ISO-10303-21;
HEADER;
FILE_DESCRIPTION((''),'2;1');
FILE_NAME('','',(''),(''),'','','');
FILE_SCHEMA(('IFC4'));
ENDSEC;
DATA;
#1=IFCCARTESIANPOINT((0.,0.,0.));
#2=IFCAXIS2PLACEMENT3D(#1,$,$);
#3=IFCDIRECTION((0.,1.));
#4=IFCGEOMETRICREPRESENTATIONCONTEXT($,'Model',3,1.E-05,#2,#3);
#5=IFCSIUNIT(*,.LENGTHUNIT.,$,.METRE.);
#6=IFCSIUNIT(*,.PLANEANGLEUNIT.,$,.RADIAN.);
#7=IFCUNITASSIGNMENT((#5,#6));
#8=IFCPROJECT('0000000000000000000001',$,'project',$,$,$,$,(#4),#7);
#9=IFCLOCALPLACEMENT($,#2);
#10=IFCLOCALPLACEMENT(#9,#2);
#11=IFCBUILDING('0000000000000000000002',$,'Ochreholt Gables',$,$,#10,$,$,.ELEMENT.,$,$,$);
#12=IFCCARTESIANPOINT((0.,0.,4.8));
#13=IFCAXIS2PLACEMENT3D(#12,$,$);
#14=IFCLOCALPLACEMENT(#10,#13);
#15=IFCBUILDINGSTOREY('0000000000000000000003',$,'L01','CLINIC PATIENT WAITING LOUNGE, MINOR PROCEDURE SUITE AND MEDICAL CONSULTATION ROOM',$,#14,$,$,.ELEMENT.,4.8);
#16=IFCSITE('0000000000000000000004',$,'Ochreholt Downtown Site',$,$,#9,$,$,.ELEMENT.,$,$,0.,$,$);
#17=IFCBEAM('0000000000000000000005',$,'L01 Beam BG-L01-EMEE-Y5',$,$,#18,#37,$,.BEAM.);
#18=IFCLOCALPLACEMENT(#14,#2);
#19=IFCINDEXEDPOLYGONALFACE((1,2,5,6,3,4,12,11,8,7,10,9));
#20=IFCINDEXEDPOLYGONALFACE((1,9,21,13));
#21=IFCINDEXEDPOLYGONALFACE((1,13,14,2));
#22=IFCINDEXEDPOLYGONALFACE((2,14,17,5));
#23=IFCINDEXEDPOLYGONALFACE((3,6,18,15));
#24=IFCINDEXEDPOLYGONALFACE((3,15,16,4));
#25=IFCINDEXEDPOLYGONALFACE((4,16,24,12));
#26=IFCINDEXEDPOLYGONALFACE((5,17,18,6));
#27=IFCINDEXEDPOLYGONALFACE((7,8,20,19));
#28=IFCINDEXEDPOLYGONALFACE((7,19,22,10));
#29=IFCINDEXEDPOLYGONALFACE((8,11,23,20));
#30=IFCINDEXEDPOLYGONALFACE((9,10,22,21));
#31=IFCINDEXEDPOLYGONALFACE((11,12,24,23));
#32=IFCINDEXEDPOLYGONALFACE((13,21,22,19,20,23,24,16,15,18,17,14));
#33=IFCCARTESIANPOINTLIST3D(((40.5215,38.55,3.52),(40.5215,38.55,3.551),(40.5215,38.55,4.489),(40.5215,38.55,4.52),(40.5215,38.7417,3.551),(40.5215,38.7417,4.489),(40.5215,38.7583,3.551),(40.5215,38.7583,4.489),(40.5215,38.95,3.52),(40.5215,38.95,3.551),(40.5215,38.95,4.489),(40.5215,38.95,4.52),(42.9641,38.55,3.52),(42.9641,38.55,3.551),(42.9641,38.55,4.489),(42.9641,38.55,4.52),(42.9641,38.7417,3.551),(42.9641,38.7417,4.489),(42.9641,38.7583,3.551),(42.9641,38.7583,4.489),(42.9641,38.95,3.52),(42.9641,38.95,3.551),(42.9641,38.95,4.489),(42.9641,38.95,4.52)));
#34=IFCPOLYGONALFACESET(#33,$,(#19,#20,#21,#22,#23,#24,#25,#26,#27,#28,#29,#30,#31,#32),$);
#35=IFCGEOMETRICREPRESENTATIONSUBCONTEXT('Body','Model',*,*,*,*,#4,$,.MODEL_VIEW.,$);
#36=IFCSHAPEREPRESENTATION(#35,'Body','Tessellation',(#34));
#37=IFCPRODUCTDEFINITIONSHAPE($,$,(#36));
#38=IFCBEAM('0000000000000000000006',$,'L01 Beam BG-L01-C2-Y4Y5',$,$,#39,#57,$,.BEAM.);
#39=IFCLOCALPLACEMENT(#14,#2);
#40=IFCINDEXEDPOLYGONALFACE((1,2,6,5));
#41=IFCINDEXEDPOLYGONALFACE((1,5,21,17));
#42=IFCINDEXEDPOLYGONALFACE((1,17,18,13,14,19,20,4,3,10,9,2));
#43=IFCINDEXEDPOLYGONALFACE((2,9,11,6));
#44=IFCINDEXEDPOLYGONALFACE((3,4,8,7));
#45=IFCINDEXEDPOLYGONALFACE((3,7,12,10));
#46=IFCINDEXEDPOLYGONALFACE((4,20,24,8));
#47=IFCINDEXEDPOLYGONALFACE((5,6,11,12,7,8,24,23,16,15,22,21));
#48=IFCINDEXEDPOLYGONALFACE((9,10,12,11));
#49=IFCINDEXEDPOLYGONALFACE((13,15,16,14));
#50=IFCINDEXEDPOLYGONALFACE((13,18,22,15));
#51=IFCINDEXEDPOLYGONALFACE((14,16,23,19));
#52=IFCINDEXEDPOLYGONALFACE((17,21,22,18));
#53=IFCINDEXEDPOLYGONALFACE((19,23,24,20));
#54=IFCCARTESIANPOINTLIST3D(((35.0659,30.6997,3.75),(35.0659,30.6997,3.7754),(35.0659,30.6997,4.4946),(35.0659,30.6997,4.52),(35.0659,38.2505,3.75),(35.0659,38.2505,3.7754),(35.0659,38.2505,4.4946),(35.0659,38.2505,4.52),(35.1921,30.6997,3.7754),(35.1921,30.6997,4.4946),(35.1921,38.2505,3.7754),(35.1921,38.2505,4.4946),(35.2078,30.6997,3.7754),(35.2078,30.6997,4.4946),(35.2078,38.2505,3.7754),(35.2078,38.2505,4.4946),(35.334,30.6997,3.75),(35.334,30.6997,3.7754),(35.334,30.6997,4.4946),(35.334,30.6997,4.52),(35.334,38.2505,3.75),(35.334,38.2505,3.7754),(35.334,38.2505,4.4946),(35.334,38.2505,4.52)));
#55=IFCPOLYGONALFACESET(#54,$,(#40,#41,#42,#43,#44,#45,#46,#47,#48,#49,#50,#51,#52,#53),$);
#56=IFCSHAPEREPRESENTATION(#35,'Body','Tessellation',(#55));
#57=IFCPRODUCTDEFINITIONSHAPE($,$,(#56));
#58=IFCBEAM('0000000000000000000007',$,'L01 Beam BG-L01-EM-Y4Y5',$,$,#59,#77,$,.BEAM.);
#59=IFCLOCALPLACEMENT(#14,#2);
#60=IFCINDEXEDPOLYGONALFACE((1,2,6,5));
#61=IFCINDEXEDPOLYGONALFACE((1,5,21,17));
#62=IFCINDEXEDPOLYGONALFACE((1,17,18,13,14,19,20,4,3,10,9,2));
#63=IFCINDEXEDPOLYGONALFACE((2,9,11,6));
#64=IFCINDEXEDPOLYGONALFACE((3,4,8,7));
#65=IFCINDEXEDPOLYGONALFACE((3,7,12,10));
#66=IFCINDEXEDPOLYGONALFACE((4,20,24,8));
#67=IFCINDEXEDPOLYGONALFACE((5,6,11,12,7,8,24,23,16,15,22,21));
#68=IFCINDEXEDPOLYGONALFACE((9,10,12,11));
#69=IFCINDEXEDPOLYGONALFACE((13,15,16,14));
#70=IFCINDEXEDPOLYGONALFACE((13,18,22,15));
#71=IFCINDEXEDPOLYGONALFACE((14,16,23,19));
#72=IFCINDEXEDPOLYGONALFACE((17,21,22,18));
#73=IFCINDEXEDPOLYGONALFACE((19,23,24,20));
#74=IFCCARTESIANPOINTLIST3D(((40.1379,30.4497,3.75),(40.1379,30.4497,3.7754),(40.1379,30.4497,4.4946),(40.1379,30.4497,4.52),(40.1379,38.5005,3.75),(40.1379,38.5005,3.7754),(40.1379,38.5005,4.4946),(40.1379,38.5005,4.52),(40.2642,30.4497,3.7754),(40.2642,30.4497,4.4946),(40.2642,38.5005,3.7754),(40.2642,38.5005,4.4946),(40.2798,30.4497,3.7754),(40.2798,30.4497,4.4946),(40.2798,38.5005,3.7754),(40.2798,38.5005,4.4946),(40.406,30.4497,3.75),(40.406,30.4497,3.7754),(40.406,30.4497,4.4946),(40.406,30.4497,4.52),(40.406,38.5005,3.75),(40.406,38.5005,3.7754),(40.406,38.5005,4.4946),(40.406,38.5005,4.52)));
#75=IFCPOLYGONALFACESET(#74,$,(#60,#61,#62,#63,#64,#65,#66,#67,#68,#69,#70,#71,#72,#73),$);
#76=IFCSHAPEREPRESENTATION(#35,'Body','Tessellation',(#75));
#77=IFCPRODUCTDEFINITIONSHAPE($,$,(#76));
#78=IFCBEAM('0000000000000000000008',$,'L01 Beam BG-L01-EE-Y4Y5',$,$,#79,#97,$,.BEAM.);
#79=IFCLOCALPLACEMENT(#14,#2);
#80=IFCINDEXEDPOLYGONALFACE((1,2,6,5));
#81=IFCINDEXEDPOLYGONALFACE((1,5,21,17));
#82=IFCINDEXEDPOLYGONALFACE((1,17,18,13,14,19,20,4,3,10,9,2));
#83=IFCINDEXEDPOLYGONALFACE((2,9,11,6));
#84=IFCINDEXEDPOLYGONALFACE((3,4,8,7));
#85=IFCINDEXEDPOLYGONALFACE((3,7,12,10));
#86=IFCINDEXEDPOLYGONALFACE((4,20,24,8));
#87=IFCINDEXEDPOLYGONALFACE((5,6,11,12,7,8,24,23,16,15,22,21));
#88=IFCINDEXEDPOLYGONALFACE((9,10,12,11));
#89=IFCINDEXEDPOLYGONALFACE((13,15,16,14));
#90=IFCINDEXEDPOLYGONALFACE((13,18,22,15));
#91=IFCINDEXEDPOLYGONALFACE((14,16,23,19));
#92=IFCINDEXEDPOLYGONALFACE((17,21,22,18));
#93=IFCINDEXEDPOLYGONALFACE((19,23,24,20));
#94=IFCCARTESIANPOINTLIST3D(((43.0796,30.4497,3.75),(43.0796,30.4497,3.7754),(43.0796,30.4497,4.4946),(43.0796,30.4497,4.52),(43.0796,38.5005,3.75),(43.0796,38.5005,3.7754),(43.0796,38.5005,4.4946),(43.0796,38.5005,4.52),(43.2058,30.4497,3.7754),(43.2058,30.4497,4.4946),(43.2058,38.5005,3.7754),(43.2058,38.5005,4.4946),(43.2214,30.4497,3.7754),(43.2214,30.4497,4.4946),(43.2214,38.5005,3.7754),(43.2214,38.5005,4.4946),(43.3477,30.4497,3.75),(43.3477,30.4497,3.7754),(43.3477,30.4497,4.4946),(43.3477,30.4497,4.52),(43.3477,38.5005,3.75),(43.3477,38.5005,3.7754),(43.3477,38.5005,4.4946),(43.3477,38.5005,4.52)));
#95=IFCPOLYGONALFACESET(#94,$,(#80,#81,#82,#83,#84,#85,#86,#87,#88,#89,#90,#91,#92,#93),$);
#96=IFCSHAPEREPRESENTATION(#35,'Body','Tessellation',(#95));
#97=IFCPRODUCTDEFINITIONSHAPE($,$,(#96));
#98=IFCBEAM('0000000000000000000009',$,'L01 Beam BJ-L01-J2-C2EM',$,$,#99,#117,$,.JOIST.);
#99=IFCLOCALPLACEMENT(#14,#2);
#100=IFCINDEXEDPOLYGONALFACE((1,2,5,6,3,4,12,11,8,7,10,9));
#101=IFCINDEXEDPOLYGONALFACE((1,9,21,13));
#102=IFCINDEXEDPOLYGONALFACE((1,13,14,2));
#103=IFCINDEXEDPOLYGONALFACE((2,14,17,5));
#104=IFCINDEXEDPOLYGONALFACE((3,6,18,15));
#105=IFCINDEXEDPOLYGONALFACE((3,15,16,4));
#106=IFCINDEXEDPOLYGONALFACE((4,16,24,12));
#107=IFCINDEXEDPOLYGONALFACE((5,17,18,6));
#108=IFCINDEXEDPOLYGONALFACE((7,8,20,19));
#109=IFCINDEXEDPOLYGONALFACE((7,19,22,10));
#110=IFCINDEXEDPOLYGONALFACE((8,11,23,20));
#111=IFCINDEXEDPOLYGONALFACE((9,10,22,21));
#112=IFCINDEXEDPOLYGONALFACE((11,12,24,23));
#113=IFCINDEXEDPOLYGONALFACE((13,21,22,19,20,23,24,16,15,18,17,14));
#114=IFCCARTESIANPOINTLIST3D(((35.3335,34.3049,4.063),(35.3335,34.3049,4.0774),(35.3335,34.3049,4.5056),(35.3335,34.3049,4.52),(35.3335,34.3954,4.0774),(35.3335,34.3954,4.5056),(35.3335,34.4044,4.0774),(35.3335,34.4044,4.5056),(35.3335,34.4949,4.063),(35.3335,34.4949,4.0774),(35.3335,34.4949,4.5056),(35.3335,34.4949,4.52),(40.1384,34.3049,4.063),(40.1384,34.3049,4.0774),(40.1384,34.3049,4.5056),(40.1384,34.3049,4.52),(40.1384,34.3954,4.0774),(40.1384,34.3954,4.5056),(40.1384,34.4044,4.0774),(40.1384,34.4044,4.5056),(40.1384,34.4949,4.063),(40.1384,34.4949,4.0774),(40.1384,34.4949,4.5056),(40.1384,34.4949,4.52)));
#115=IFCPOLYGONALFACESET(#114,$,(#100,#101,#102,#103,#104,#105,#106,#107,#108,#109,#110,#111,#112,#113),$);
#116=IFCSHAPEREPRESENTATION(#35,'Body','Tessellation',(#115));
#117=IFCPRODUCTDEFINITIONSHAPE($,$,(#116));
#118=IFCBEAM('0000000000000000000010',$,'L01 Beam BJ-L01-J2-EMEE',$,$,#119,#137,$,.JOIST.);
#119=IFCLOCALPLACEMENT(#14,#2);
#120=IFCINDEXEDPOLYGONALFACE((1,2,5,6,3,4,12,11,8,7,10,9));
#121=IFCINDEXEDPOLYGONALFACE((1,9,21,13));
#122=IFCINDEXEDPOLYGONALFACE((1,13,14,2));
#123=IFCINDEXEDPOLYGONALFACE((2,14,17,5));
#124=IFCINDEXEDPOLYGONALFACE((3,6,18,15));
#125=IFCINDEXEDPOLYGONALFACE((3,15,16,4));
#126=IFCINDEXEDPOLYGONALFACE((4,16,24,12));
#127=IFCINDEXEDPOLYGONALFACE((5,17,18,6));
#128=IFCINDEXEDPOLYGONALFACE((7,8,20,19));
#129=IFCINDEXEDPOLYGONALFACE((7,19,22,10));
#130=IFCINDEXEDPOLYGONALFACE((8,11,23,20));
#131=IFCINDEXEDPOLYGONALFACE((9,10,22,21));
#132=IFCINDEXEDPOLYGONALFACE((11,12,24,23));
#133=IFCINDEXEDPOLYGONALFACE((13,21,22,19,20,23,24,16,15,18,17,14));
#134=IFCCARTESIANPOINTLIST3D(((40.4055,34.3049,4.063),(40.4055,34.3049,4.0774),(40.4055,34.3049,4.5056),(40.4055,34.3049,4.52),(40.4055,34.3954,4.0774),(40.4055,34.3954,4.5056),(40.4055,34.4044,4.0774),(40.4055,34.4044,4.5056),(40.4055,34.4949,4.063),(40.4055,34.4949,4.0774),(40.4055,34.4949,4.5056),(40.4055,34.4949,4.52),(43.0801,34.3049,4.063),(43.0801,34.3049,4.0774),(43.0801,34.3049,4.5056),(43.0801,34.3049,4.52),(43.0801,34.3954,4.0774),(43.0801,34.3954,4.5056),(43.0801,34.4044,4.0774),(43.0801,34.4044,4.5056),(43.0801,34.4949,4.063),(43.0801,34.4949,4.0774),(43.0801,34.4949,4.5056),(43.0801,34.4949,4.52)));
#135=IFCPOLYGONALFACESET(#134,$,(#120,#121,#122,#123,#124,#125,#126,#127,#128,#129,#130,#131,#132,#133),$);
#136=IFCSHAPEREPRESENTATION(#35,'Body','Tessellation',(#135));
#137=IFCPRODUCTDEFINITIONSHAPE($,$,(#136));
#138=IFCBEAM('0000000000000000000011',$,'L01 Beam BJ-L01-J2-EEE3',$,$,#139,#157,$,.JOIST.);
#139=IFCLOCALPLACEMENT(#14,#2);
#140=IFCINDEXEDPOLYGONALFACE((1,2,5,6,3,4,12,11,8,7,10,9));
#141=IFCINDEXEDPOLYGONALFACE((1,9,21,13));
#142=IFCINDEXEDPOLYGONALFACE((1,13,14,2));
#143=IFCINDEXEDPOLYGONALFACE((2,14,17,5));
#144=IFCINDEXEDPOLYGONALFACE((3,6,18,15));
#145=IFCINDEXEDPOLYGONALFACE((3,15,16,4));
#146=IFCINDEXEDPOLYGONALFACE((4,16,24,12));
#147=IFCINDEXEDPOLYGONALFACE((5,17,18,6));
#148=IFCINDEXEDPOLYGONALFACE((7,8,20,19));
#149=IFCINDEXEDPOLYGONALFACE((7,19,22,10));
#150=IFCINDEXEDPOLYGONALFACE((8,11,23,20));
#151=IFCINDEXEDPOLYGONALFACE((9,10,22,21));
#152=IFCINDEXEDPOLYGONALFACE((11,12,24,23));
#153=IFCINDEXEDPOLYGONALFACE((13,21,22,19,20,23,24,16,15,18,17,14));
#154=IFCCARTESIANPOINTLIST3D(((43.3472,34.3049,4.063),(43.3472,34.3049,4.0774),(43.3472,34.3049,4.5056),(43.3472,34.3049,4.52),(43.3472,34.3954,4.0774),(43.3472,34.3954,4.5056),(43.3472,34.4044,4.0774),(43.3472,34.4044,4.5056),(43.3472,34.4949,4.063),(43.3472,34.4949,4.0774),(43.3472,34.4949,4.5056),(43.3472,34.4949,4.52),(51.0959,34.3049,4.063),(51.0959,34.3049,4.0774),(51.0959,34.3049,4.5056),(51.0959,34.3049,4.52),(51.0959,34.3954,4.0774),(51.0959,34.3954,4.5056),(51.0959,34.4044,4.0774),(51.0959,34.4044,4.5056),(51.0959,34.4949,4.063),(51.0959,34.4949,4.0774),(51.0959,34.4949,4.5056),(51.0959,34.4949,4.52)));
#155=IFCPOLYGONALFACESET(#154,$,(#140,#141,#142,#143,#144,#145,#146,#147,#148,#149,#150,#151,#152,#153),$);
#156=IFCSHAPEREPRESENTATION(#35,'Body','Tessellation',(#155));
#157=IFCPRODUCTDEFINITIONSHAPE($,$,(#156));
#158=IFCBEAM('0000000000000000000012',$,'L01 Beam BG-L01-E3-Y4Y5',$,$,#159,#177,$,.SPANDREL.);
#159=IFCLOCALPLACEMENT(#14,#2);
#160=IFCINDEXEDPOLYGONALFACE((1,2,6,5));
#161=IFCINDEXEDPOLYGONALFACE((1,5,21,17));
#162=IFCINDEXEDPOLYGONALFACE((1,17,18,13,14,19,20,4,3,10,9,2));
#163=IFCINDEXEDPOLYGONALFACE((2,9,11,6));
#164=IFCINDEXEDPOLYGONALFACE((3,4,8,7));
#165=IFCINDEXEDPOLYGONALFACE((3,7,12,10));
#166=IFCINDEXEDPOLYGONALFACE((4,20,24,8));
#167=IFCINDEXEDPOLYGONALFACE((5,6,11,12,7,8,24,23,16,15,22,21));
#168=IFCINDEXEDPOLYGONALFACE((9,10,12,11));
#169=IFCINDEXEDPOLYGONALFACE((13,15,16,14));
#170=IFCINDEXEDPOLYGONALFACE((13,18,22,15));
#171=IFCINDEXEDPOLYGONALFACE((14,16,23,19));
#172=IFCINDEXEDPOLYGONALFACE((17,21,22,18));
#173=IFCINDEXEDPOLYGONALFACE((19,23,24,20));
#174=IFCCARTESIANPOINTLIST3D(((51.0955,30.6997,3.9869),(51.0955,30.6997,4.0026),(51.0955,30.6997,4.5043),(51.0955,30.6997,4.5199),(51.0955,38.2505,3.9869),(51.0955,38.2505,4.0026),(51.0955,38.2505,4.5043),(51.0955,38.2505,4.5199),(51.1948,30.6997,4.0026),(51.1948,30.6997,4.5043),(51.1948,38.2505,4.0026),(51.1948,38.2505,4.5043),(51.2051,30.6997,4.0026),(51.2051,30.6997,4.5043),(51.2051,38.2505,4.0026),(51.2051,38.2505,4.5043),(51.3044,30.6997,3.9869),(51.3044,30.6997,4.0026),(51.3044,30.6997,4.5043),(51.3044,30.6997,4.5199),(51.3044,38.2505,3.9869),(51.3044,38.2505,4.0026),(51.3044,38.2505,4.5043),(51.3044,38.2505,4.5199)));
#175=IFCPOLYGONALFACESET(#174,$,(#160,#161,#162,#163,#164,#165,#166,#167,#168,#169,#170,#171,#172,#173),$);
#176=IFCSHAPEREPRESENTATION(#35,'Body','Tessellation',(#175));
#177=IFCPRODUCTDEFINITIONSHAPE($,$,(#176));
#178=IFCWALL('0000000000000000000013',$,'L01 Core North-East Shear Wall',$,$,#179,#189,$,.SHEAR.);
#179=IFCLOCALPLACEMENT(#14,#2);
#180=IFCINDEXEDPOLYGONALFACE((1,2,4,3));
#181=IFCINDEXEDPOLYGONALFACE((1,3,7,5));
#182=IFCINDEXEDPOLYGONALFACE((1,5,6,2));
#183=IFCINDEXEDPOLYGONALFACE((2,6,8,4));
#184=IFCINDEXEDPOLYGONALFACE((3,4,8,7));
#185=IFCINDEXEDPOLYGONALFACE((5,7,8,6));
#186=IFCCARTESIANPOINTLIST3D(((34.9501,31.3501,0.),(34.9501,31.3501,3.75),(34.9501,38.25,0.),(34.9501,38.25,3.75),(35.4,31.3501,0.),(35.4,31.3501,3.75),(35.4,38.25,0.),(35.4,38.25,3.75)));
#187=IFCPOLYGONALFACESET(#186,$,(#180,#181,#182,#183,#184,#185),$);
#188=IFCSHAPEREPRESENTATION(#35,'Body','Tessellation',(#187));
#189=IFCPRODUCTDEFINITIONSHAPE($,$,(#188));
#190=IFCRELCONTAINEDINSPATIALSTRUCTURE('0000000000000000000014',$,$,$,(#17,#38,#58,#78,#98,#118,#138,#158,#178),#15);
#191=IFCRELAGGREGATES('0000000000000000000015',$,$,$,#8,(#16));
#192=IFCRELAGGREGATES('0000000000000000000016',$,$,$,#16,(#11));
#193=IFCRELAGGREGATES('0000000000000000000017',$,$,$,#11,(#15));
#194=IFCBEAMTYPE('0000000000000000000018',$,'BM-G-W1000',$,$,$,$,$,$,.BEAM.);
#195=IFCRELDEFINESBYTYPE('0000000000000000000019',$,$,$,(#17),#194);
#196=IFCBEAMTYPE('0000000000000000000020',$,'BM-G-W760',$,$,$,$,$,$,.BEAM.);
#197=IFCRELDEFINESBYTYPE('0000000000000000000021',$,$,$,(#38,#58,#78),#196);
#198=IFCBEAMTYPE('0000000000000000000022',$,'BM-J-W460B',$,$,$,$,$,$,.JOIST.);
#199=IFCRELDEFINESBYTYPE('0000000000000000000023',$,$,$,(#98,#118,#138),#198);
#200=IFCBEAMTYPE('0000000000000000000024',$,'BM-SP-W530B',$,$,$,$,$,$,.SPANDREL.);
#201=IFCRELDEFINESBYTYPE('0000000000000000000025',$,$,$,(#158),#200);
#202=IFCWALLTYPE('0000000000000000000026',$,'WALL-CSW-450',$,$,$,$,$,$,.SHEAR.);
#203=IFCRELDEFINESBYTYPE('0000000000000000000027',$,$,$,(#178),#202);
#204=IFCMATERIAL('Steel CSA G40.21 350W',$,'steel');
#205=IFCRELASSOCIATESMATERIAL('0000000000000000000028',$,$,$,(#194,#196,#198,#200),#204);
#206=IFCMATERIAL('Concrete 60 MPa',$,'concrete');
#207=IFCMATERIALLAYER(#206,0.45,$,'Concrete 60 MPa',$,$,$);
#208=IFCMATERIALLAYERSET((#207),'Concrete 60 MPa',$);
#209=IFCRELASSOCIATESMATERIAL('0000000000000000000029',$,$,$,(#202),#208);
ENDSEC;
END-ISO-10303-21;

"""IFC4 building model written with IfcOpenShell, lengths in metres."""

from ifc_helpers import new_model, si_unit, direction, frame, frame_2d, origin, origin_2d, place, context, subcontext, project, spatial, rectangle, i_section, extrude, material, layer, layer_set, material_profile, profile_set, type_object, element, save


model = new_model("IFC4")

# Units and contexts
model_context = context("Model", 3, precision=1e-05, world=origin(), true_north=direction((0.0, 1.0)))
body_context = subcontext(model_context, "Body", "Model", "MODEL_VIEW")
ifc_project = project(units=[si_unit("LENGTHUNIT", "METRE"), si_unit("PLANEANGLEUNIT", "RADIAN")], contexts=[model_context])

# Site, building, storey
site_placement = place(None, origin())
site = spatial("IfcSite", under=ifc_project, at=site_placement, Name="Ochreholt Downtown Site", CompositionType="ELEMENT", RefElevation=0.0)
building_placement = place(site_placement, origin())
building = spatial("IfcBuilding", under=site, at=building_placement, Name="Ochreholt Gables", CompositionType="ELEMENT")
storey_placement = place(building_placement, frame((0.0, 0.0, 4.8)))
storey = spatial("IfcBuildingStorey", under=building, at=storey_placement, Name="L01", Description="CLINIC PATIENT WAITING LOUNGE, MINOR PROCEDURE SUITE AND MEDICAL CONSULTATION ROOM", CompositionType="ELEMENT", Elevation=4.8)

# Shared definitions
ifc_material_1 = material(Name="Steel CSA G40.21 350W", Category="steel")
ifc_material_2 = material(Name="Concrete 60 MPa", Category="concrete")

# Beams
ifc_material_profile_1 = material_profile(ifc_material_1, i_section(OverallWidth=0.3999, OverallDepth=1.0, WebThickness=0.0166, FlangeThickness=0.031, at=origin_2d()), Name="W1000X321")
ifc_profile_set_1 = profile_set([ifc_material_profile_1], Name="Steel CSA G40.21 350W")
beam_type_1 = type_object("IfcBeamType", Name="BM-G-W1000", PredefinedType="BEAM", material=ifc_profile_set_1)
beam_1_placement = place(storey_placement, frame((40.5215, 38.75, 4.02), z_axis=(1.0, 0.0, 0.0), x_axis=(0.0, 1.0, 0.0)))
element("IfcBeam", 1, at=beam_1_placement, inside=storey, type_object=beam_type_1, Name="L01 Beam BG-L01-EMEE-Y5", PredefinedType="BEAM", context=body_context, shape_type="SweptSolid", body=[
    extrude(i_section(OverallWidth=0.3999, OverallDepth=1.0, WebThickness=0.0166, FlangeThickness=0.031, at=origin_2d()), origin(), (0.0, 0.0, 1.0), 2.4426),
])
ifc_material_profile_2 = material_profile(ifc_material_1, i_section(OverallWidth=0.2681, OverallDepth=0.77, WebThickness=0.0156, FlangeThickness=0.0254, at=origin_2d()), Name="W760X196")
ifc_profile_set_2 = profile_set([ifc_material_profile_2], Name="Steel CSA G40.21 350W")
beam_type_2 = type_object("IfcBeamType", Name="BM-G-W760", PredefinedType="BEAM", material=ifc_profile_set_2)
beam_2_placement = place(storey_placement, frame((35.2, 30.6997, 4.135), z_axis=(0.0, 1.0, 0.0), x_axis=(-1.0, 0.0, 0.0)))
element("IfcBeam", 2, at=beam_2_placement, inside=storey, type_object=beam_type_2, Name="L01 Beam BG-L01-C2-Y4Y5", PredefinedType="BEAM", context=body_context, shape_type="SweptSolid", body=[
    extrude(i_section(OverallWidth=0.2681, OverallDepth=0.77, WebThickness=0.0156, FlangeThickness=0.0254, at=origin_2d()), origin(), (0.0, 0.0, 1.0), 7.5508),
])
for number, where, z_axis, x_axis, name in (
    (3, (40.272, 30.4497, 4.135), (0.0, 1.0, 0.0), (-1.0, 0.0, 0.0), "L01 Beam BG-L01-EM-Y4Y5"),
    (4, (43.2136, 30.4497, 4.135), (0.0, 1.0, 0.0), (-1.0, 0.0, 0.0), "L01 Beam BG-L01-EE-Y4Y5"),
):
    element("IfcBeam", number, at=place(storey_placement, frame(where, z_axis=z_axis, x_axis=x_axis)), inside=storey, type_object=beam_type_2, Name=name, PredefinedType="BEAM", context=body_context, shape_type="SweptSolid", body=[
        extrude(i_section(OverallWidth=0.2681, OverallDepth=0.77, WebThickness=0.0156, FlangeThickness=0.0254, at=origin_2d()), origin(), (0.0, 0.0, 1.0), 8.0508),
    ])
ifc_material_profile_3 = material_profile(ifc_material_1, i_section(OverallWidth=0.1899, OverallDepth=0.457, WebThickness=0.009, FlangeThickness=0.0144, at=origin_2d()), Name="W460X74")
ifc_profile_set_3 = profile_set([ifc_material_profile_3], Name="Steel CSA G40.21 350W")
beam_type_3 = type_object("IfcBeamType", Name="BM-J-W460B", PredefinedType="JOIST", material=ifc_profile_set_3)
beam_3_placement = place(storey_placement, frame((35.3335, 34.3999, 4.2915), z_axis=(1.0, 0.0, 0.0), x_axis=(0.0, 1.0, 0.0)))
element("IfcBeam", 5, at=beam_3_placement, inside=storey, type_object=beam_type_3, Name="L01 Beam BJ-L01-J2-C2EM", PredefinedType="JOIST", context=body_context, shape_type="SweptSolid", body=[
    extrude(i_section(OverallWidth=0.1899, OverallDepth=0.457, WebThickness=0.009, FlangeThickness=0.0144, at=origin_2d()), origin(), (0.0, 0.0, 1.0), 4.8049),
])
beam_4_placement = place(storey_placement, frame((40.4055, 34.3999, 4.2915), z_axis=(1.0, 0.0, 0.0), x_axis=(0.0, 1.0, 0.0)))
element("IfcBeam", 6, at=beam_4_placement, inside=storey, type_object=beam_type_3, Name="L01 Beam BJ-L01-J2-EMEE", PredefinedType="JOIST", context=body_context, shape_type="SweptSolid", body=[
    extrude(i_section(OverallWidth=0.1899, OverallDepth=0.457, WebThickness=0.009, FlangeThickness=0.0144, at=origin_2d()), origin(), (0.0, 0.0, 1.0), 2.6746),
])
beam_5_placement = place(storey_placement, frame((43.3472, 34.3999, 4.2915), z_axis=(1.0, 0.0, 0.0), x_axis=(0.0, 1.0, 0.0)))
element("IfcBeam", 7, at=beam_5_placement, inside=storey, type_object=beam_type_3, Name="L01 Beam BJ-L01-J2-EEE3", PredefinedType="JOIST", context=body_context, shape_type="SweptSolid", body=[
    extrude(i_section(OverallWidth=0.1899, OverallDepth=0.457, WebThickness=0.009, FlangeThickness=0.0144, at=origin_2d()), origin(), (0.0, 0.0, 1.0), 7.7488),
])
ifc_material_profile_4 = material_profile(ifc_material_1, i_section(OverallWidth=0.209, OverallDepth=0.533, WebThickness=0.0103, FlangeThickness=0.0156, at=origin_2d()), Name="W530X92")
ifc_profile_set_4 = profile_set([ifc_material_profile_4], Name="Steel CSA G40.21 350W")
beam_type_4 = type_object("IfcBeamType", Name="BM-SP-W530B", PredefinedType="SPANDREL", material=ifc_profile_set_4)
beam_6_placement = place(storey_placement, frame((51.2, 30.6997, 4.2534), z_axis=(0.0, 1.0, 0.0), x_axis=(-1.0, 0.0, 0.0)))
element("IfcBeam", 8, at=beam_6_placement, inside=storey, type_object=beam_type_4, Name="L01 Beam BG-L01-E3-Y4Y5", PredefinedType="SPANDREL", context=body_context, shape_type="SweptSolid", body=[
    extrude(i_section(OverallWidth=0.209, OverallDepth=0.533, WebThickness=0.0103, FlangeThickness=0.0156, at=origin_2d()), origin(), (0.0, 0.0, 1.0), 7.5508),
])

# Wall
ifc_layer_1 = layer(ifc_material_2, 0.45, Name="Concrete 60 MPa")
ifc_layer_set_1 = layer_set([ifc_layer_1], Name="Concrete 60 MPa")
wall_type_1 = type_object("IfcWallType", Name="WALL-CSW-450", PredefinedType="SHEAR", material=ifc_layer_set_1)
wall_1_placement = place(storey_placement, frame((35.175, 31.3501, 0.0), z_axis=(0.0, 0.0, 1.0), x_axis=(0.0, 1.0, 0.0)))
element("IfcWall", 9, at=wall_1_placement, inside=storey, type_object=wall_type_1, Name="L01 Core North-East Shear Wall", PredefinedType="SHEAR", context=body_context, shape_type="SweptSolid", body=[
    extrude(rectangle(XDim=6.8999, YDim=0.45, at=frame_2d((3.45, 0.0))), origin(), (0.0, 0.0, 1.0), 3.75),
])

save(model, "model.ifc")
